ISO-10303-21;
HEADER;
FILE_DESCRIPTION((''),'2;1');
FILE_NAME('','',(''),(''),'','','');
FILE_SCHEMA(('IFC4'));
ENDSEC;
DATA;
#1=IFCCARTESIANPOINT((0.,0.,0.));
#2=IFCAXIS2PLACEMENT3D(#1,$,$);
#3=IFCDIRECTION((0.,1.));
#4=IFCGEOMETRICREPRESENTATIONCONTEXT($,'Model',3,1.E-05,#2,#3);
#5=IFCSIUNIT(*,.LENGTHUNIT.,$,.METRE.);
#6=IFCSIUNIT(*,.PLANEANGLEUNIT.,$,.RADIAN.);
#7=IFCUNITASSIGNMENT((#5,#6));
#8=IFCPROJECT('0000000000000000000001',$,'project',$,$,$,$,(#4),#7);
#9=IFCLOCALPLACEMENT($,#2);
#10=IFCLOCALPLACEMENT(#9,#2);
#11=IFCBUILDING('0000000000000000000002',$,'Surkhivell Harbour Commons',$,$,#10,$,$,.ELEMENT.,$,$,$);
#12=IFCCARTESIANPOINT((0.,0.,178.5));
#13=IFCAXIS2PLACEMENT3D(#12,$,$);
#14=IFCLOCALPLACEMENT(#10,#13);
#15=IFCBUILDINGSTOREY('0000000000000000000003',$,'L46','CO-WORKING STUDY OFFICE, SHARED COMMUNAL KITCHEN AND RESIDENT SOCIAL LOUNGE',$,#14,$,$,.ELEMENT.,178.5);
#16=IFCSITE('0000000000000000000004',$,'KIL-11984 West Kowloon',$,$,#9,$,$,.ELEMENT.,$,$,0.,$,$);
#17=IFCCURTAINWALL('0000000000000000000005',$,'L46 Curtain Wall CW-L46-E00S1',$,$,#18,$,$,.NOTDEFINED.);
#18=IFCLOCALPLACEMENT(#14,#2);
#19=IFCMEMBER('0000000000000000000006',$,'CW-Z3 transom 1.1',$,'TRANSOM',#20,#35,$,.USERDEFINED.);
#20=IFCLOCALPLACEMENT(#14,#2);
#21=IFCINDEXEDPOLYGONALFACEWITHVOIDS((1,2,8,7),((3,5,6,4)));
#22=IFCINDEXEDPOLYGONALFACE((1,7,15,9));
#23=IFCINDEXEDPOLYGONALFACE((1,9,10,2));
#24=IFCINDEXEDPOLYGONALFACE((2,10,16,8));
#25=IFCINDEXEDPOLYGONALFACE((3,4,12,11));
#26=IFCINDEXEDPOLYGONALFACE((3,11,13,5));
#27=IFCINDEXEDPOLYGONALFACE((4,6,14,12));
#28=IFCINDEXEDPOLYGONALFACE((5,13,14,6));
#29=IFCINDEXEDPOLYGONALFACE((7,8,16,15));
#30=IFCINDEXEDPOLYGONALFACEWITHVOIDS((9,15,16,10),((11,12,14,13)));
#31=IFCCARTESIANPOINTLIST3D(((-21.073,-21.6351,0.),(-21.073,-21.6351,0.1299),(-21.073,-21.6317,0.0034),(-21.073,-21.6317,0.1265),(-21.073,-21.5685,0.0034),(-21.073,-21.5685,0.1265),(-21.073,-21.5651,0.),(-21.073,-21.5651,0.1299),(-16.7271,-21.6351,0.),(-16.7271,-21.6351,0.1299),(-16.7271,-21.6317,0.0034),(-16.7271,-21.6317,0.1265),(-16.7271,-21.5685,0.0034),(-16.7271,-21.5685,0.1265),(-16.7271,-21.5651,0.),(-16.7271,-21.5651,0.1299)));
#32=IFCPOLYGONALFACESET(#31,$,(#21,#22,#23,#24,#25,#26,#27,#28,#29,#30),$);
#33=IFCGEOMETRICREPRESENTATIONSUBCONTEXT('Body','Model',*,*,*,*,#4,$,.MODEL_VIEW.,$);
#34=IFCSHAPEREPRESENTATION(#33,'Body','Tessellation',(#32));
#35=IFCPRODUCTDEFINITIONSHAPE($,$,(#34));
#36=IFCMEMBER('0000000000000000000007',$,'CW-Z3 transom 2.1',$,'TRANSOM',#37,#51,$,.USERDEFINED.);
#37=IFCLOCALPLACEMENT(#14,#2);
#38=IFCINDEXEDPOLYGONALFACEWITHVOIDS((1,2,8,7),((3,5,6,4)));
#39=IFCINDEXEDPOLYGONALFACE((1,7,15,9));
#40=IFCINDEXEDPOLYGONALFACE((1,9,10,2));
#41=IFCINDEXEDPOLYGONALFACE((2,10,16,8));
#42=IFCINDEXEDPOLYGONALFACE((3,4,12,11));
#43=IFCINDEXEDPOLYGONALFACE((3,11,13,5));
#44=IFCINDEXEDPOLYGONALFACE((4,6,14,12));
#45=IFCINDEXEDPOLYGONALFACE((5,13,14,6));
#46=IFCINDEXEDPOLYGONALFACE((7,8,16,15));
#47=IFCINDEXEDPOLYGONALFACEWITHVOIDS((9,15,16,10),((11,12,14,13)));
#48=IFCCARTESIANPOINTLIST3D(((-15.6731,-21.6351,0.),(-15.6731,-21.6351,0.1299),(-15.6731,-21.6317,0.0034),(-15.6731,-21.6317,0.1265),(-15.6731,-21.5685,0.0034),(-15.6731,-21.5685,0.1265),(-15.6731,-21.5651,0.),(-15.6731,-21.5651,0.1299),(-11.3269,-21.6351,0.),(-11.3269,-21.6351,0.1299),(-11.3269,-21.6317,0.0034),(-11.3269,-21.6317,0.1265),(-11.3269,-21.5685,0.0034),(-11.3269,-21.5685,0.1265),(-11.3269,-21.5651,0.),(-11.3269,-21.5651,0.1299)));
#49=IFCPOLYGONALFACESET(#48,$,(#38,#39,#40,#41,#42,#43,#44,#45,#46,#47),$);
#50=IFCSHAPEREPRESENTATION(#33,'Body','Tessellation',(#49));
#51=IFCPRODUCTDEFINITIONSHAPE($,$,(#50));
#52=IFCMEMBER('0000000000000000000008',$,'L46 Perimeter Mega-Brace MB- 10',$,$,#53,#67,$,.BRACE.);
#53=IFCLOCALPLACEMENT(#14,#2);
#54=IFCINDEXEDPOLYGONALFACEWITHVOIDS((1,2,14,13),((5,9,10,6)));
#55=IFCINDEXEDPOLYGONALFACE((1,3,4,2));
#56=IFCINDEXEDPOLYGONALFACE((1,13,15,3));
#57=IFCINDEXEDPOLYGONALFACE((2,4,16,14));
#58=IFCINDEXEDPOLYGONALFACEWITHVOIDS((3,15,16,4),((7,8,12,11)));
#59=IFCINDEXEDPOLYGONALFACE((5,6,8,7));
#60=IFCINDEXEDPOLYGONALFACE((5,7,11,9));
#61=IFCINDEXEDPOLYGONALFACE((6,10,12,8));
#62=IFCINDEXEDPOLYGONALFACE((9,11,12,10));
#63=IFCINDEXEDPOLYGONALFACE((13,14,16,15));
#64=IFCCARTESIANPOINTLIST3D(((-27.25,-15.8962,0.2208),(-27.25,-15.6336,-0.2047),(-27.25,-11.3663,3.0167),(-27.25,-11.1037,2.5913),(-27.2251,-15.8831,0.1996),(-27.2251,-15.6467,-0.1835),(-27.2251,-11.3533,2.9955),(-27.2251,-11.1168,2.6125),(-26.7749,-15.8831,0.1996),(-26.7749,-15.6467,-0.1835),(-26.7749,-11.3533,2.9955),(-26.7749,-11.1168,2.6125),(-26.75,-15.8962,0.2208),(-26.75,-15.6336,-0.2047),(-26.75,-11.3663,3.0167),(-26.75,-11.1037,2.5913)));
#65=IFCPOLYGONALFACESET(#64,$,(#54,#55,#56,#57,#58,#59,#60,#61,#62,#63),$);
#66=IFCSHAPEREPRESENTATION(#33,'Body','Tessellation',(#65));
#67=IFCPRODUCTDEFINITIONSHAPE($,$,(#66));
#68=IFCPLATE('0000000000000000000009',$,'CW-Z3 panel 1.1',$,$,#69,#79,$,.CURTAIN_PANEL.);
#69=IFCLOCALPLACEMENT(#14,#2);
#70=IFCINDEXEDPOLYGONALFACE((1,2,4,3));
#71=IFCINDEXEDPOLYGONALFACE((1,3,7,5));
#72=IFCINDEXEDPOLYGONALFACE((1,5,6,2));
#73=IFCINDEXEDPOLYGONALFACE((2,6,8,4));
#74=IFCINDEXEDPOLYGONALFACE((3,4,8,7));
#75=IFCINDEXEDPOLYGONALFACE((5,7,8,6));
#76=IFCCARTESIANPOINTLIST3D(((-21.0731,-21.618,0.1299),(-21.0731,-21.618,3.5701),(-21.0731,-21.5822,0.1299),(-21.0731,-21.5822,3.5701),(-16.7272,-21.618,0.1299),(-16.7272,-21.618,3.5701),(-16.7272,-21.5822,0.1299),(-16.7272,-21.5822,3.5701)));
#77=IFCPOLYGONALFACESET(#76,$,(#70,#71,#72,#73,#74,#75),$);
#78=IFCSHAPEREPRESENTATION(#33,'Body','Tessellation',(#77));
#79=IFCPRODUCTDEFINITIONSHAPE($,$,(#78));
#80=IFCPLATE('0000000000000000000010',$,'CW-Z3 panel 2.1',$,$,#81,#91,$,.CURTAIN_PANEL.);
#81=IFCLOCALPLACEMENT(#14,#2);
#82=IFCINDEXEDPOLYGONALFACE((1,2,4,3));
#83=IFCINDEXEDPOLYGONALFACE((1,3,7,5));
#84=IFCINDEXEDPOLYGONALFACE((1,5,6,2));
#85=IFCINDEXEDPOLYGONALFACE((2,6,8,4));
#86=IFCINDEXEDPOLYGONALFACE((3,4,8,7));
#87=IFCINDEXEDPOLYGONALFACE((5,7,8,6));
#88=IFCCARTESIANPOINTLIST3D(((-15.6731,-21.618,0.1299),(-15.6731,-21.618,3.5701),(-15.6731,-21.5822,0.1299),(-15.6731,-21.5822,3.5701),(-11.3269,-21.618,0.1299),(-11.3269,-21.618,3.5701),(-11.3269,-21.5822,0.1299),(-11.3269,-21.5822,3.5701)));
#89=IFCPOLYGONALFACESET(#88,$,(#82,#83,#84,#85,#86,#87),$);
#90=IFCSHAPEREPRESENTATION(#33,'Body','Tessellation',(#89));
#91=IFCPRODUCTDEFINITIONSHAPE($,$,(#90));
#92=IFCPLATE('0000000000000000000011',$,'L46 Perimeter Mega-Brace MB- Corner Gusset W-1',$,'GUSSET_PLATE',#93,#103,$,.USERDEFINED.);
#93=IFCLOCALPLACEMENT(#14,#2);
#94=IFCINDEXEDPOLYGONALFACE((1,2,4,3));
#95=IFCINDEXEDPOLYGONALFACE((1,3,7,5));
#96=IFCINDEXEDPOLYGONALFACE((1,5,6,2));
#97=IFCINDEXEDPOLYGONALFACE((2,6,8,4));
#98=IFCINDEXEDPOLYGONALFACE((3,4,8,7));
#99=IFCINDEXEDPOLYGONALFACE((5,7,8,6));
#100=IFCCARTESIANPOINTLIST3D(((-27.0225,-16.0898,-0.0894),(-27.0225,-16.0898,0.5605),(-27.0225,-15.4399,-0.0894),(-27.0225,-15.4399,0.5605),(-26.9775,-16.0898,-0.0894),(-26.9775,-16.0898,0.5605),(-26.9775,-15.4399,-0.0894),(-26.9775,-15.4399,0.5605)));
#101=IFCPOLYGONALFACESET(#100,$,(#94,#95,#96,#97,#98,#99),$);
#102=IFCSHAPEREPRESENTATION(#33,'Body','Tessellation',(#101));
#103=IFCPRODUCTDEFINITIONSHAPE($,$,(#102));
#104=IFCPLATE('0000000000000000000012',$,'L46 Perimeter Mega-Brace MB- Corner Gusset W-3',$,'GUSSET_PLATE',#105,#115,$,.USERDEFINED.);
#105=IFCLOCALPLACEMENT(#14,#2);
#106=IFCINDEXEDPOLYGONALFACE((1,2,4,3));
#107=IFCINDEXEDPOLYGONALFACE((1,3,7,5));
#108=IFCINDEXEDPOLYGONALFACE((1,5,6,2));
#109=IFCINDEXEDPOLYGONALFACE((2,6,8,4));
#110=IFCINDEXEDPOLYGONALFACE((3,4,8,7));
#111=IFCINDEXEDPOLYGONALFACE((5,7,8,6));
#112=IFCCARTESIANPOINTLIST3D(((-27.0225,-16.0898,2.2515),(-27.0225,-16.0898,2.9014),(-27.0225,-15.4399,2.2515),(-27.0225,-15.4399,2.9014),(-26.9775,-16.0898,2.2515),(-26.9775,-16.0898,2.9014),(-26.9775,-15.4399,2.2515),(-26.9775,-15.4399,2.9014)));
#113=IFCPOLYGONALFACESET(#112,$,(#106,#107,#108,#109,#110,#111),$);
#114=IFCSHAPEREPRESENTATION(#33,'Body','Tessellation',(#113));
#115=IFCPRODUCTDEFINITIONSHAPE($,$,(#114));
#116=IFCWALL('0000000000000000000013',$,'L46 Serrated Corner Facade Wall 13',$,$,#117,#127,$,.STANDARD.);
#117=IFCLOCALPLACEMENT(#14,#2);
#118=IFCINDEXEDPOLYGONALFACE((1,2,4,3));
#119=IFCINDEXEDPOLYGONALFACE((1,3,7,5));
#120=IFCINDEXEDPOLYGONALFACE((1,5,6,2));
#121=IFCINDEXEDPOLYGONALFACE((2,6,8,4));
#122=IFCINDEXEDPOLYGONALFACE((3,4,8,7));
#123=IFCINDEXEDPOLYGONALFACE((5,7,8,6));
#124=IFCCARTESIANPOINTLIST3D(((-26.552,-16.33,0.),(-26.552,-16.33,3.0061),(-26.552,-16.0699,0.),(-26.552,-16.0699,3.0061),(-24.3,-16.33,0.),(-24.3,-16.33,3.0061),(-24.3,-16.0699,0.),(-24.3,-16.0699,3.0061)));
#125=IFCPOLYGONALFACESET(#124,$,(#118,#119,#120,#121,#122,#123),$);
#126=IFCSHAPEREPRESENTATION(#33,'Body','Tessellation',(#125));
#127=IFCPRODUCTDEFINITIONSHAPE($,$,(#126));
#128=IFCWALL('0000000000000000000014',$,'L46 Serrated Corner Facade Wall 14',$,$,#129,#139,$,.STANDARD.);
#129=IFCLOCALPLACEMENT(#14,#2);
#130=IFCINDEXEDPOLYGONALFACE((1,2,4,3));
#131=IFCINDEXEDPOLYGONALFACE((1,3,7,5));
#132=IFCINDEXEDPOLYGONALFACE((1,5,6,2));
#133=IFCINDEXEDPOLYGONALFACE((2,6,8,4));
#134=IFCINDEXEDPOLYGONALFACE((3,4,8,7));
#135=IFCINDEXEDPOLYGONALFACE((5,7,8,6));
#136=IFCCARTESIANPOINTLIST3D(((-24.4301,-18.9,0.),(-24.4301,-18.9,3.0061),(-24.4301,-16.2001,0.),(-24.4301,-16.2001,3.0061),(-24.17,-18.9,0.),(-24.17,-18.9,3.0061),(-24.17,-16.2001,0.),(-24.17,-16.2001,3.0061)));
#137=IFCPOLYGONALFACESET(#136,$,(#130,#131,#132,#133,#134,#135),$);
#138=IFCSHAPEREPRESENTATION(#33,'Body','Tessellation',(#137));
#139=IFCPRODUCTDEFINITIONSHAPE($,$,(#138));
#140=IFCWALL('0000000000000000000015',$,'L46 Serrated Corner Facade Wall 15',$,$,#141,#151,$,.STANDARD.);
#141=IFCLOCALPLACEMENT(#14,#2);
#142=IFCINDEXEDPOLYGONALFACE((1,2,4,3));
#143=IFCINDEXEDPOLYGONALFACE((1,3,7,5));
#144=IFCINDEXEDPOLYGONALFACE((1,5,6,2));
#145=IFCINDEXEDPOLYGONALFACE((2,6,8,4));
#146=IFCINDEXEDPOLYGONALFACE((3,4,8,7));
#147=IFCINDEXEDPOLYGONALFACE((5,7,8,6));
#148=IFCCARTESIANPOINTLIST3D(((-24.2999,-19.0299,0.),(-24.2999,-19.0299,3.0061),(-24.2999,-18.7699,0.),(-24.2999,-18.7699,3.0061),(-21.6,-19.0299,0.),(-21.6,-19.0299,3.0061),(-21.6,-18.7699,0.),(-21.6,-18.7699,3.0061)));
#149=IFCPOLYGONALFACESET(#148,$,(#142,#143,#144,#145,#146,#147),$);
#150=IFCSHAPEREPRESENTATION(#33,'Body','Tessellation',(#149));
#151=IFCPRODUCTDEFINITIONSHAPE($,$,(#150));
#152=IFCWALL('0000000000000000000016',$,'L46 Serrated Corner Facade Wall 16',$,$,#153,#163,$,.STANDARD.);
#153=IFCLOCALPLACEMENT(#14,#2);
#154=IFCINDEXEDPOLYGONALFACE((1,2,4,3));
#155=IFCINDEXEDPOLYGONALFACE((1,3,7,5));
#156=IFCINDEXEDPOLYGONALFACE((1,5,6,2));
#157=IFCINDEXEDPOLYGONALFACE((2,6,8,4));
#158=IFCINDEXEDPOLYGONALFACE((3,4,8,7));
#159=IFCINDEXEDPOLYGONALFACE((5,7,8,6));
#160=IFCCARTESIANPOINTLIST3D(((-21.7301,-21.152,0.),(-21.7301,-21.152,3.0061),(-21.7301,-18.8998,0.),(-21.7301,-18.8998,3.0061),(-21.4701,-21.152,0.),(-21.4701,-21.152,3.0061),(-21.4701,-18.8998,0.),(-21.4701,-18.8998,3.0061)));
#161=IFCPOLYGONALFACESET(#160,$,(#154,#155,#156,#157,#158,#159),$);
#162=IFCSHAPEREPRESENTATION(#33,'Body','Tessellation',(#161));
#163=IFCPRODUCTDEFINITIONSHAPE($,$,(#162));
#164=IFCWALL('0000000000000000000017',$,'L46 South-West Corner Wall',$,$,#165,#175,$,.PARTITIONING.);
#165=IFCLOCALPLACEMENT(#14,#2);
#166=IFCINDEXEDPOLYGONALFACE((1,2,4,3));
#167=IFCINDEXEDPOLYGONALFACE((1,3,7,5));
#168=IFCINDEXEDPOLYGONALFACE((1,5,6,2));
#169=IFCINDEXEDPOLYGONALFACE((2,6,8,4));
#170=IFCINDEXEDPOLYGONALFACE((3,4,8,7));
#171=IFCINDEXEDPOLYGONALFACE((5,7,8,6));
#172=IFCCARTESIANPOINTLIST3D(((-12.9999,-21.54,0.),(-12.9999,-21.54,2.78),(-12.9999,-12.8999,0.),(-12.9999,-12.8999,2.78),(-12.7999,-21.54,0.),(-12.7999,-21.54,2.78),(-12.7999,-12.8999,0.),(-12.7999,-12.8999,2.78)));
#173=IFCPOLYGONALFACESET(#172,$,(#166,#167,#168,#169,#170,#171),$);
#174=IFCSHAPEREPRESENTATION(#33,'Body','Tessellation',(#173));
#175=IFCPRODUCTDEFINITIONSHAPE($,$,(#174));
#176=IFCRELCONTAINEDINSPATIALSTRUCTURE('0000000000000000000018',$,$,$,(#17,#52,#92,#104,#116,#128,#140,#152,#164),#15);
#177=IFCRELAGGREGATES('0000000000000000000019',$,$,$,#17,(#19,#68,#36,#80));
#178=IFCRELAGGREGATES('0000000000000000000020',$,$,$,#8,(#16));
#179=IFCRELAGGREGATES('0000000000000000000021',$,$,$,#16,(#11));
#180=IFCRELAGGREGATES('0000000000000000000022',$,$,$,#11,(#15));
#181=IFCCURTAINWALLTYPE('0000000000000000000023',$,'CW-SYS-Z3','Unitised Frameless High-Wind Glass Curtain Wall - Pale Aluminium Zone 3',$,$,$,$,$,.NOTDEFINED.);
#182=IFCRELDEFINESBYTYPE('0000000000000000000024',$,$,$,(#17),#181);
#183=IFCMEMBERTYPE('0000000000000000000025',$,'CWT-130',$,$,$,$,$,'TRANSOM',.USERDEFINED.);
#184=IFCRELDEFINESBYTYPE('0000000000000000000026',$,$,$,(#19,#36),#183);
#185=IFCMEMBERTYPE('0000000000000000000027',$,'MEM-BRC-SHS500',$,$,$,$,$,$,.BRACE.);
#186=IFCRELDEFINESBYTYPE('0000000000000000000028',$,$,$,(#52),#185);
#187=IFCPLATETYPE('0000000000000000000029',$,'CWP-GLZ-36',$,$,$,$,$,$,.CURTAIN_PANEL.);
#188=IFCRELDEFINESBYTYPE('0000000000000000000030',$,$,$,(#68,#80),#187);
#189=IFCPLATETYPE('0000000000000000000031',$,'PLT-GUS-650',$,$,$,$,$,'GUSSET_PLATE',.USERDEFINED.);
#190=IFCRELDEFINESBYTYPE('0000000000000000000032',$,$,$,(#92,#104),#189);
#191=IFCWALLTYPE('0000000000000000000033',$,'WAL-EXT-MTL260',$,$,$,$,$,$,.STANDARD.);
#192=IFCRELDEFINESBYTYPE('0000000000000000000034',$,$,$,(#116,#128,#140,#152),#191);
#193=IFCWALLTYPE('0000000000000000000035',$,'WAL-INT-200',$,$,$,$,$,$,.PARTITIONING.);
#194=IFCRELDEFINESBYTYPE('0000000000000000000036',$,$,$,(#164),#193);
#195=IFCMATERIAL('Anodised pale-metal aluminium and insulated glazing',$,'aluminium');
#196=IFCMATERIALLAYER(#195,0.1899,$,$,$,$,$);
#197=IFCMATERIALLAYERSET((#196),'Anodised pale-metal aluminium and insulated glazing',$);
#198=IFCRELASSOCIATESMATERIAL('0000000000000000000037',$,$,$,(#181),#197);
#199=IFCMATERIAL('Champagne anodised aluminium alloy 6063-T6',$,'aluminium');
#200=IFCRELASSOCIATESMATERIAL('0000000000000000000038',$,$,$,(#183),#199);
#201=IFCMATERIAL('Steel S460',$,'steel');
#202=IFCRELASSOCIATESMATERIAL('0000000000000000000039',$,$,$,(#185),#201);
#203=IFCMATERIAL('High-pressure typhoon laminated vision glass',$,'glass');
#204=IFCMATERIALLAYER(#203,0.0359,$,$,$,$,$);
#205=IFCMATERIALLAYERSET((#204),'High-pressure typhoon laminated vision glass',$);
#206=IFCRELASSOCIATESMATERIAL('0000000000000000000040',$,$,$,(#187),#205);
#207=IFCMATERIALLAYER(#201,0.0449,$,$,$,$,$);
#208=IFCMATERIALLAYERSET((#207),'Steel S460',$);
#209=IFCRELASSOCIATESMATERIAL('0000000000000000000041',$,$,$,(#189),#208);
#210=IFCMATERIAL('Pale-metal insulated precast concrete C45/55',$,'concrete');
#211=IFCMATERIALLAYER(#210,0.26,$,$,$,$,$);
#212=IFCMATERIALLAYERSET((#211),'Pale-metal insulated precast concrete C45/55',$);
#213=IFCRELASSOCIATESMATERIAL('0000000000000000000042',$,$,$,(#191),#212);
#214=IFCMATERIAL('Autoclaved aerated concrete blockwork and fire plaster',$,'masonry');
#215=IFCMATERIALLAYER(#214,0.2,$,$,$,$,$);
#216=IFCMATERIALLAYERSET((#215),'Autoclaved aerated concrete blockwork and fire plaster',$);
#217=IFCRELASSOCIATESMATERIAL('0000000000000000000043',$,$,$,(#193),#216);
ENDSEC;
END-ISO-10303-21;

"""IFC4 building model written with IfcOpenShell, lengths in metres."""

from ifc_helpers import new_model, si_unit, direction, frame, frame_2d, origin, origin_2d, place, context, subcontext, project, spatial, rectangle, hollow_rectangle, extrude, material, layer, layer_set, material_profile, profile_set, type_object, element, aggregate, save


model = new_model("IFC4")

# Units and contexts
model_context = context("Model", 3, precision=1e-05, world=origin(), true_north=direction((0.0, 1.0)))
body_context = subcontext(model_context, "Body", "Model", "MODEL_VIEW")
ifc_project = project(units=[si_unit("LENGTHUNIT", "METRE"), si_unit("PLANEANGLEUNIT", "RADIAN")], contexts=[model_context])

# Site, building, storey
site_placement = place(None, origin())
site = spatial("IfcSite", under=ifc_project, at=site_placement, Name="KIL-11984 West Kowloon", CompositionType="ELEMENT", RefElevation=0.0)
building_placement = place(site_placement, origin())
building = spatial("IfcBuilding", under=site, at=building_placement, Name="Surkhivell Harbour Commons", CompositionType="ELEMENT")
storey_placement = place(building_placement, frame((0.0, 0.0, 178.5)))
storey = spatial("IfcBuildingStorey", under=building, at=storey_placement, Name="L46", Description="CO-WORKING STUDY OFFICE, SHARED COMMUNAL KITCHEN AND RESIDENT SOCIAL LOUNGE", CompositionType="ELEMENT", Elevation=178.5)

# Curtain wall, members
ifc_material_1 = material(Name="Anodised pale-metal aluminium and insulated glazing", Category="aluminium")
ifc_layer_1 = layer(ifc_material_1, 0.1899)
ifc_layer_set_1 = layer_set([ifc_layer_1], Name="Anodised pale-metal aluminium and insulated glazing")
curtain_wall_type = type_object("IfcCurtainWallType", Name="CW-SYS-Z3", Description="Unitised Frameless High-Wind Glass Curtain Wall - Pale Aluminium Zone 3", PredefinedType="NOTDEFINED", material=ifc_layer_set_1)
curtain_wall_placement = place(storey_placement, origin())
curtain_wall = element("IfcCurtainWall", 1, at=curtain_wall_placement, inside=storey, type_object=curtain_wall_type, Name="L46 Curtain Wall CW-L46-E00S1", PredefinedType="NOTDEFINED")
ifc_material_2 = material(Name="Champagne anodised aluminium alloy 6063-T6", Category="aluminium")
ifc_material_profile_1 = material_profile(ifc_material_2, hollow_rectangle(XDim=0.0701, YDim=0.1299, WallThickness=0.0034, at=origin_2d()), Name="ALU-TRAN-70x130")
ifc_profile_set_1 = profile_set([ifc_material_profile_1], Name="Champagne anodised aluminium alloy 6063-T6")
member_type_1 = type_object("IfcMemberType", Name="CWT-130", ElementType="TRANSOM", PredefinedType="USERDEFINED", material=ifc_profile_set_1)
member_1_placement = place(storey_placement, frame((-21.073, -21.6001, 0.0649), z_axis=(1.0, 0.0, 0.0), x_axis=(0.0, 1.0, 0.0)))
member_1 = element("IfcMember", 2, at=member_1_placement, type_object=member_type_1, Name="CW-Z3 transom 1.1", ObjectType="TRANSOM", PredefinedType="USERDEFINED", context=body_context, shape_type="SweptSolid", body=[
    extrude(hollow_rectangle(XDim=0.0701, YDim=0.1299, WallThickness=0.0034, at=origin_2d()), origin(), (0.0, 0.0, 1.0), 4.3459),
])
member_2_placement = place(storey_placement, frame((-15.6731, -21.6001, 0.0649), z_axis=(1.0, 0.0, 0.0), x_axis=(0.0, 1.0, 0.0)))
member_2 = element("IfcMember", 3, at=member_2_placement, type_object=member_type_1, Name="CW-Z3 transom 2.1", ObjectType="TRANSOM", PredefinedType="USERDEFINED", context=body_context, shape_type="SweptSolid", body=[
    extrude(hollow_rectangle(XDim=0.0701, YDim=0.1299, WallThickness=0.0034, at=origin_2d()), origin(), (0.0, 0.0, 1.0), 4.3462),
])

# Member
ifc_material_3 = material(Name="Steel S460", Category="steel")
ifc_material_profile_2 = material_profile(ifc_material_3, hollow_rectangle(XDim=0.5, YDim=0.5, WallThickness=0.0249, at=origin_2d()), Name="SHS500x500x25")
ifc_profile_set_2 = profile_set([ifc_material_profile_2], Name="Steel S460")
member_type_2 = type_object("IfcMemberType", Name="MEM-BRC-SHS500", PredefinedType="BRACE", material=ifc_profile_set_2)
member_3_placement = place(storey_placement, frame((-27.0, -15.7649, 0.0081), z_axis=(0.0, 0.850958, 0.525233), x_axis=(-1.0, 0.0, 0.0)))
element("IfcMember", 4, at=member_3_placement, inside=storey, type_object=member_type_2, Name="L46 Perimeter Mega-Brace MB- 10", PredefinedType="BRACE", context=body_context, shape_type="SweptSolid", body=[
    extrude(hollow_rectangle(XDim=0.5, YDim=0.5, WallThickness=0.0249, at=origin_2d()), origin(), (0.0, 0.0, 1.0), 5.3232),
])

# Plates
ifc_material_4 = material(Name="High-pressure typhoon laminated vision glass", Category="glass")
ifc_layer_2 = layer(ifc_material_4, 0.0359)
ifc_layer_set_2 = layer_set([ifc_layer_2], Name="High-pressure typhoon laminated vision glass")
plate_type_1 = type_object("IfcPlateType", Name="CWP-GLZ-36", PredefinedType="CURTAIN_PANEL", material=ifc_layer_set_2)
plate_1_placement = place(storey_placement, frame((-21.073, -21.6001, 0.1299), z_axis=(0.0, 0.0, 1.0), x_axis=(1.0, 0.0, 0.0)))
plate_1 = element("IfcPlate", 5, at=plate_1_placement, type_object=plate_type_1, Name="CW-Z3 panel 1.1", PredefinedType="CURTAIN_PANEL", context=body_context, shape_type="SweptSolid", body=[
    extrude(rectangle(XDim=4.3459, YDim=0.0359, at=frame_2d((2.1729, 0.0))), origin(), (0.0, 0.0, 1.0), 3.4402),
])
plate_2_placement = place(storey_placement, frame((-15.6731, -21.6001, 0.1299), z_axis=(0.0, 0.0, 1.0), x_axis=(1.0, 0.0, 0.0)))
plate_2 = element("IfcPlate", 6, at=plate_2_placement, type_object=plate_type_1, Name="CW-Z3 panel 2.1", PredefinedType="CURTAIN_PANEL", context=body_context, shape_type="SweptSolid", body=[
    extrude(rectangle(XDim=4.3462, YDim=0.0359, at=frame_2d((2.1731, 0.0))), origin(), (0.0, 0.0, 1.0), 3.4402),
])
aggregate(curtain_wall, [member_1, plate_1, member_2, plate_2])

# Plates
ifc_layer_3 = layer(ifc_material_3, 0.0449)
ifc_layer_set_3 = layer_set([ifc_layer_3], Name="Steel S460")
plate_type_2 = type_object("IfcPlateType", Name="PLT-GUS-650", ElementType="GUSSET_PLATE", PredefinedType="USERDEFINED", material=ifc_layer_set_3)
for number, where, z_axis, x_axis, name in (
    (7, (-27.0, -15.7649, -0.0894), (0.0, 0.0, 1.0), (0.0, 1.0, 0.0), "L46 Perimeter Mega-Brace MB- Corner Gusset W-1"),
    (8, (-27.0, -15.7649, 2.2515), (0.0, 0.0, 1.0), (0.0, 1.0, 0.0), "L46 Perimeter Mega-Brace MB- Corner Gusset W-3"),
):
    element("IfcPlate", number, at=place(storey_placement, frame(where, z_axis=z_axis, x_axis=x_axis)), inside=storey, type_object=plate_type_2, Name=name, ObjectType="GUSSET_PLATE", PredefinedType="USERDEFINED", context=body_context, shape_type="SweptSolid", body=[
        extrude(rectangle(XDim=0.6499, YDim=0.0449, at=origin_2d()), origin(), (0.0, 0.0, 1.0), 0.6499),
    ])

# Walls
ifc_material_5 = material(Name="Pale-metal insulated precast concrete C45/55", Category="concrete")
ifc_layer_4 = layer(ifc_material_5, 0.26)
ifc_layer_set_4 = layer_set([ifc_layer_4], Name="Pale-metal insulated precast concrete C45/55")
wall_type_1 = type_object("IfcWallType", Name="WAL-EXT-MTL260", PredefinedType="STANDARD", material=ifc_layer_set_4)
wall_1_placement = place(storey_placement, frame((-26.552, -16.2, 0.0), z_axis=(0.0, 0.0, 1.0), x_axis=(1.0, 0.0, 0.0)))
element("IfcWall", 9, at=wall_1_placement, inside=storey, type_object=wall_type_1, Name="L46 Serrated Corner Facade Wall 13", PredefinedType="STANDARD", context=body_context, shape_type="SweptSolid", body=[
    extrude(rectangle(XDim=2.252, YDim=0.26, at=frame_2d((1.126, 0.0))), origin(), (0.0, 0.0, 1.0), 3.0061),
])
for number, where, z_axis, x_axis, name in (
    (10, (-24.3, -16.2, 0.0), (0.0, 0.0, 1.0), (0.0, -1.0, 0.0), "L46 Serrated Corner Facade Wall 14"),
    (11, (-24.3, -18.8999, 0.0), (0.0, 0.0, 1.0), (1.0, 0.0, 0.0), "L46 Serrated Corner Facade Wall 15"),
):
    element("IfcWall", number, at=place(storey_placement, frame(where, z_axis=z_axis, x_axis=x_axis)), inside=storey, type_object=wall_type_1, Name=name, PredefinedType="STANDARD", context=body_context, shape_type="SweptSolid", body=[
        extrude(rectangle(XDim=2.7, YDim=0.26, at=frame_2d((1.3501, 0.0))), origin(), (0.0, 0.0, 1.0), 3.0061),
    ])
wall_2_placement = place(storey_placement, frame((-21.6001, -18.8999, 0.0), z_axis=(0.0, 0.0, 1.0), x_axis=(0.0, -1.0, 0.0)))
element("IfcWall", 12, at=wall_2_placement, inside=storey, type_object=wall_type_1, Name="L46 Serrated Corner Facade Wall 16", PredefinedType="STANDARD", context=body_context, shape_type="SweptSolid", body=[
    extrude(rectangle(XDim=2.2522, YDim=0.26, at=frame_2d((1.126, 0.0))), origin(), (0.0, 0.0, 1.0), 3.0061),
])
ifc_material_6 = material(Name="Autoclaved aerated concrete blockwork and fire plaster", Category="masonry")
ifc_layer_5 = layer(ifc_material_6, 0.2)
ifc_layer_set_5 = layer_set([ifc_layer_5], Name="Autoclaved aerated concrete blockwork and fire plaster")
wall_type_2 = type_object("IfcWallType", Name="WAL-INT-200", PredefinedType="PARTITIONING", material=ifc_layer_set_5)
wall_3_placement = place(storey_placement, frame((-12.8999, -21.54, 0.0), z_axis=(0.0, 0.0, 1.0), x_axis=(0.0, 1.0, 0.0)))
element("IfcWall", 13, at=wall_3_placement, inside=storey, type_object=wall_type_2, Name="L46 South-West Corner Wall", PredefinedType="PARTITIONING", context=body_context, shape_type="SweptSolid", body=[
    extrude(rectangle(XDim=8.6401, YDim=0.2, at=frame_2d((4.3201, 0.0))), origin(), (0.0, 0.0, 1.0), 2.78),
])

save(model, "model.ifc")
